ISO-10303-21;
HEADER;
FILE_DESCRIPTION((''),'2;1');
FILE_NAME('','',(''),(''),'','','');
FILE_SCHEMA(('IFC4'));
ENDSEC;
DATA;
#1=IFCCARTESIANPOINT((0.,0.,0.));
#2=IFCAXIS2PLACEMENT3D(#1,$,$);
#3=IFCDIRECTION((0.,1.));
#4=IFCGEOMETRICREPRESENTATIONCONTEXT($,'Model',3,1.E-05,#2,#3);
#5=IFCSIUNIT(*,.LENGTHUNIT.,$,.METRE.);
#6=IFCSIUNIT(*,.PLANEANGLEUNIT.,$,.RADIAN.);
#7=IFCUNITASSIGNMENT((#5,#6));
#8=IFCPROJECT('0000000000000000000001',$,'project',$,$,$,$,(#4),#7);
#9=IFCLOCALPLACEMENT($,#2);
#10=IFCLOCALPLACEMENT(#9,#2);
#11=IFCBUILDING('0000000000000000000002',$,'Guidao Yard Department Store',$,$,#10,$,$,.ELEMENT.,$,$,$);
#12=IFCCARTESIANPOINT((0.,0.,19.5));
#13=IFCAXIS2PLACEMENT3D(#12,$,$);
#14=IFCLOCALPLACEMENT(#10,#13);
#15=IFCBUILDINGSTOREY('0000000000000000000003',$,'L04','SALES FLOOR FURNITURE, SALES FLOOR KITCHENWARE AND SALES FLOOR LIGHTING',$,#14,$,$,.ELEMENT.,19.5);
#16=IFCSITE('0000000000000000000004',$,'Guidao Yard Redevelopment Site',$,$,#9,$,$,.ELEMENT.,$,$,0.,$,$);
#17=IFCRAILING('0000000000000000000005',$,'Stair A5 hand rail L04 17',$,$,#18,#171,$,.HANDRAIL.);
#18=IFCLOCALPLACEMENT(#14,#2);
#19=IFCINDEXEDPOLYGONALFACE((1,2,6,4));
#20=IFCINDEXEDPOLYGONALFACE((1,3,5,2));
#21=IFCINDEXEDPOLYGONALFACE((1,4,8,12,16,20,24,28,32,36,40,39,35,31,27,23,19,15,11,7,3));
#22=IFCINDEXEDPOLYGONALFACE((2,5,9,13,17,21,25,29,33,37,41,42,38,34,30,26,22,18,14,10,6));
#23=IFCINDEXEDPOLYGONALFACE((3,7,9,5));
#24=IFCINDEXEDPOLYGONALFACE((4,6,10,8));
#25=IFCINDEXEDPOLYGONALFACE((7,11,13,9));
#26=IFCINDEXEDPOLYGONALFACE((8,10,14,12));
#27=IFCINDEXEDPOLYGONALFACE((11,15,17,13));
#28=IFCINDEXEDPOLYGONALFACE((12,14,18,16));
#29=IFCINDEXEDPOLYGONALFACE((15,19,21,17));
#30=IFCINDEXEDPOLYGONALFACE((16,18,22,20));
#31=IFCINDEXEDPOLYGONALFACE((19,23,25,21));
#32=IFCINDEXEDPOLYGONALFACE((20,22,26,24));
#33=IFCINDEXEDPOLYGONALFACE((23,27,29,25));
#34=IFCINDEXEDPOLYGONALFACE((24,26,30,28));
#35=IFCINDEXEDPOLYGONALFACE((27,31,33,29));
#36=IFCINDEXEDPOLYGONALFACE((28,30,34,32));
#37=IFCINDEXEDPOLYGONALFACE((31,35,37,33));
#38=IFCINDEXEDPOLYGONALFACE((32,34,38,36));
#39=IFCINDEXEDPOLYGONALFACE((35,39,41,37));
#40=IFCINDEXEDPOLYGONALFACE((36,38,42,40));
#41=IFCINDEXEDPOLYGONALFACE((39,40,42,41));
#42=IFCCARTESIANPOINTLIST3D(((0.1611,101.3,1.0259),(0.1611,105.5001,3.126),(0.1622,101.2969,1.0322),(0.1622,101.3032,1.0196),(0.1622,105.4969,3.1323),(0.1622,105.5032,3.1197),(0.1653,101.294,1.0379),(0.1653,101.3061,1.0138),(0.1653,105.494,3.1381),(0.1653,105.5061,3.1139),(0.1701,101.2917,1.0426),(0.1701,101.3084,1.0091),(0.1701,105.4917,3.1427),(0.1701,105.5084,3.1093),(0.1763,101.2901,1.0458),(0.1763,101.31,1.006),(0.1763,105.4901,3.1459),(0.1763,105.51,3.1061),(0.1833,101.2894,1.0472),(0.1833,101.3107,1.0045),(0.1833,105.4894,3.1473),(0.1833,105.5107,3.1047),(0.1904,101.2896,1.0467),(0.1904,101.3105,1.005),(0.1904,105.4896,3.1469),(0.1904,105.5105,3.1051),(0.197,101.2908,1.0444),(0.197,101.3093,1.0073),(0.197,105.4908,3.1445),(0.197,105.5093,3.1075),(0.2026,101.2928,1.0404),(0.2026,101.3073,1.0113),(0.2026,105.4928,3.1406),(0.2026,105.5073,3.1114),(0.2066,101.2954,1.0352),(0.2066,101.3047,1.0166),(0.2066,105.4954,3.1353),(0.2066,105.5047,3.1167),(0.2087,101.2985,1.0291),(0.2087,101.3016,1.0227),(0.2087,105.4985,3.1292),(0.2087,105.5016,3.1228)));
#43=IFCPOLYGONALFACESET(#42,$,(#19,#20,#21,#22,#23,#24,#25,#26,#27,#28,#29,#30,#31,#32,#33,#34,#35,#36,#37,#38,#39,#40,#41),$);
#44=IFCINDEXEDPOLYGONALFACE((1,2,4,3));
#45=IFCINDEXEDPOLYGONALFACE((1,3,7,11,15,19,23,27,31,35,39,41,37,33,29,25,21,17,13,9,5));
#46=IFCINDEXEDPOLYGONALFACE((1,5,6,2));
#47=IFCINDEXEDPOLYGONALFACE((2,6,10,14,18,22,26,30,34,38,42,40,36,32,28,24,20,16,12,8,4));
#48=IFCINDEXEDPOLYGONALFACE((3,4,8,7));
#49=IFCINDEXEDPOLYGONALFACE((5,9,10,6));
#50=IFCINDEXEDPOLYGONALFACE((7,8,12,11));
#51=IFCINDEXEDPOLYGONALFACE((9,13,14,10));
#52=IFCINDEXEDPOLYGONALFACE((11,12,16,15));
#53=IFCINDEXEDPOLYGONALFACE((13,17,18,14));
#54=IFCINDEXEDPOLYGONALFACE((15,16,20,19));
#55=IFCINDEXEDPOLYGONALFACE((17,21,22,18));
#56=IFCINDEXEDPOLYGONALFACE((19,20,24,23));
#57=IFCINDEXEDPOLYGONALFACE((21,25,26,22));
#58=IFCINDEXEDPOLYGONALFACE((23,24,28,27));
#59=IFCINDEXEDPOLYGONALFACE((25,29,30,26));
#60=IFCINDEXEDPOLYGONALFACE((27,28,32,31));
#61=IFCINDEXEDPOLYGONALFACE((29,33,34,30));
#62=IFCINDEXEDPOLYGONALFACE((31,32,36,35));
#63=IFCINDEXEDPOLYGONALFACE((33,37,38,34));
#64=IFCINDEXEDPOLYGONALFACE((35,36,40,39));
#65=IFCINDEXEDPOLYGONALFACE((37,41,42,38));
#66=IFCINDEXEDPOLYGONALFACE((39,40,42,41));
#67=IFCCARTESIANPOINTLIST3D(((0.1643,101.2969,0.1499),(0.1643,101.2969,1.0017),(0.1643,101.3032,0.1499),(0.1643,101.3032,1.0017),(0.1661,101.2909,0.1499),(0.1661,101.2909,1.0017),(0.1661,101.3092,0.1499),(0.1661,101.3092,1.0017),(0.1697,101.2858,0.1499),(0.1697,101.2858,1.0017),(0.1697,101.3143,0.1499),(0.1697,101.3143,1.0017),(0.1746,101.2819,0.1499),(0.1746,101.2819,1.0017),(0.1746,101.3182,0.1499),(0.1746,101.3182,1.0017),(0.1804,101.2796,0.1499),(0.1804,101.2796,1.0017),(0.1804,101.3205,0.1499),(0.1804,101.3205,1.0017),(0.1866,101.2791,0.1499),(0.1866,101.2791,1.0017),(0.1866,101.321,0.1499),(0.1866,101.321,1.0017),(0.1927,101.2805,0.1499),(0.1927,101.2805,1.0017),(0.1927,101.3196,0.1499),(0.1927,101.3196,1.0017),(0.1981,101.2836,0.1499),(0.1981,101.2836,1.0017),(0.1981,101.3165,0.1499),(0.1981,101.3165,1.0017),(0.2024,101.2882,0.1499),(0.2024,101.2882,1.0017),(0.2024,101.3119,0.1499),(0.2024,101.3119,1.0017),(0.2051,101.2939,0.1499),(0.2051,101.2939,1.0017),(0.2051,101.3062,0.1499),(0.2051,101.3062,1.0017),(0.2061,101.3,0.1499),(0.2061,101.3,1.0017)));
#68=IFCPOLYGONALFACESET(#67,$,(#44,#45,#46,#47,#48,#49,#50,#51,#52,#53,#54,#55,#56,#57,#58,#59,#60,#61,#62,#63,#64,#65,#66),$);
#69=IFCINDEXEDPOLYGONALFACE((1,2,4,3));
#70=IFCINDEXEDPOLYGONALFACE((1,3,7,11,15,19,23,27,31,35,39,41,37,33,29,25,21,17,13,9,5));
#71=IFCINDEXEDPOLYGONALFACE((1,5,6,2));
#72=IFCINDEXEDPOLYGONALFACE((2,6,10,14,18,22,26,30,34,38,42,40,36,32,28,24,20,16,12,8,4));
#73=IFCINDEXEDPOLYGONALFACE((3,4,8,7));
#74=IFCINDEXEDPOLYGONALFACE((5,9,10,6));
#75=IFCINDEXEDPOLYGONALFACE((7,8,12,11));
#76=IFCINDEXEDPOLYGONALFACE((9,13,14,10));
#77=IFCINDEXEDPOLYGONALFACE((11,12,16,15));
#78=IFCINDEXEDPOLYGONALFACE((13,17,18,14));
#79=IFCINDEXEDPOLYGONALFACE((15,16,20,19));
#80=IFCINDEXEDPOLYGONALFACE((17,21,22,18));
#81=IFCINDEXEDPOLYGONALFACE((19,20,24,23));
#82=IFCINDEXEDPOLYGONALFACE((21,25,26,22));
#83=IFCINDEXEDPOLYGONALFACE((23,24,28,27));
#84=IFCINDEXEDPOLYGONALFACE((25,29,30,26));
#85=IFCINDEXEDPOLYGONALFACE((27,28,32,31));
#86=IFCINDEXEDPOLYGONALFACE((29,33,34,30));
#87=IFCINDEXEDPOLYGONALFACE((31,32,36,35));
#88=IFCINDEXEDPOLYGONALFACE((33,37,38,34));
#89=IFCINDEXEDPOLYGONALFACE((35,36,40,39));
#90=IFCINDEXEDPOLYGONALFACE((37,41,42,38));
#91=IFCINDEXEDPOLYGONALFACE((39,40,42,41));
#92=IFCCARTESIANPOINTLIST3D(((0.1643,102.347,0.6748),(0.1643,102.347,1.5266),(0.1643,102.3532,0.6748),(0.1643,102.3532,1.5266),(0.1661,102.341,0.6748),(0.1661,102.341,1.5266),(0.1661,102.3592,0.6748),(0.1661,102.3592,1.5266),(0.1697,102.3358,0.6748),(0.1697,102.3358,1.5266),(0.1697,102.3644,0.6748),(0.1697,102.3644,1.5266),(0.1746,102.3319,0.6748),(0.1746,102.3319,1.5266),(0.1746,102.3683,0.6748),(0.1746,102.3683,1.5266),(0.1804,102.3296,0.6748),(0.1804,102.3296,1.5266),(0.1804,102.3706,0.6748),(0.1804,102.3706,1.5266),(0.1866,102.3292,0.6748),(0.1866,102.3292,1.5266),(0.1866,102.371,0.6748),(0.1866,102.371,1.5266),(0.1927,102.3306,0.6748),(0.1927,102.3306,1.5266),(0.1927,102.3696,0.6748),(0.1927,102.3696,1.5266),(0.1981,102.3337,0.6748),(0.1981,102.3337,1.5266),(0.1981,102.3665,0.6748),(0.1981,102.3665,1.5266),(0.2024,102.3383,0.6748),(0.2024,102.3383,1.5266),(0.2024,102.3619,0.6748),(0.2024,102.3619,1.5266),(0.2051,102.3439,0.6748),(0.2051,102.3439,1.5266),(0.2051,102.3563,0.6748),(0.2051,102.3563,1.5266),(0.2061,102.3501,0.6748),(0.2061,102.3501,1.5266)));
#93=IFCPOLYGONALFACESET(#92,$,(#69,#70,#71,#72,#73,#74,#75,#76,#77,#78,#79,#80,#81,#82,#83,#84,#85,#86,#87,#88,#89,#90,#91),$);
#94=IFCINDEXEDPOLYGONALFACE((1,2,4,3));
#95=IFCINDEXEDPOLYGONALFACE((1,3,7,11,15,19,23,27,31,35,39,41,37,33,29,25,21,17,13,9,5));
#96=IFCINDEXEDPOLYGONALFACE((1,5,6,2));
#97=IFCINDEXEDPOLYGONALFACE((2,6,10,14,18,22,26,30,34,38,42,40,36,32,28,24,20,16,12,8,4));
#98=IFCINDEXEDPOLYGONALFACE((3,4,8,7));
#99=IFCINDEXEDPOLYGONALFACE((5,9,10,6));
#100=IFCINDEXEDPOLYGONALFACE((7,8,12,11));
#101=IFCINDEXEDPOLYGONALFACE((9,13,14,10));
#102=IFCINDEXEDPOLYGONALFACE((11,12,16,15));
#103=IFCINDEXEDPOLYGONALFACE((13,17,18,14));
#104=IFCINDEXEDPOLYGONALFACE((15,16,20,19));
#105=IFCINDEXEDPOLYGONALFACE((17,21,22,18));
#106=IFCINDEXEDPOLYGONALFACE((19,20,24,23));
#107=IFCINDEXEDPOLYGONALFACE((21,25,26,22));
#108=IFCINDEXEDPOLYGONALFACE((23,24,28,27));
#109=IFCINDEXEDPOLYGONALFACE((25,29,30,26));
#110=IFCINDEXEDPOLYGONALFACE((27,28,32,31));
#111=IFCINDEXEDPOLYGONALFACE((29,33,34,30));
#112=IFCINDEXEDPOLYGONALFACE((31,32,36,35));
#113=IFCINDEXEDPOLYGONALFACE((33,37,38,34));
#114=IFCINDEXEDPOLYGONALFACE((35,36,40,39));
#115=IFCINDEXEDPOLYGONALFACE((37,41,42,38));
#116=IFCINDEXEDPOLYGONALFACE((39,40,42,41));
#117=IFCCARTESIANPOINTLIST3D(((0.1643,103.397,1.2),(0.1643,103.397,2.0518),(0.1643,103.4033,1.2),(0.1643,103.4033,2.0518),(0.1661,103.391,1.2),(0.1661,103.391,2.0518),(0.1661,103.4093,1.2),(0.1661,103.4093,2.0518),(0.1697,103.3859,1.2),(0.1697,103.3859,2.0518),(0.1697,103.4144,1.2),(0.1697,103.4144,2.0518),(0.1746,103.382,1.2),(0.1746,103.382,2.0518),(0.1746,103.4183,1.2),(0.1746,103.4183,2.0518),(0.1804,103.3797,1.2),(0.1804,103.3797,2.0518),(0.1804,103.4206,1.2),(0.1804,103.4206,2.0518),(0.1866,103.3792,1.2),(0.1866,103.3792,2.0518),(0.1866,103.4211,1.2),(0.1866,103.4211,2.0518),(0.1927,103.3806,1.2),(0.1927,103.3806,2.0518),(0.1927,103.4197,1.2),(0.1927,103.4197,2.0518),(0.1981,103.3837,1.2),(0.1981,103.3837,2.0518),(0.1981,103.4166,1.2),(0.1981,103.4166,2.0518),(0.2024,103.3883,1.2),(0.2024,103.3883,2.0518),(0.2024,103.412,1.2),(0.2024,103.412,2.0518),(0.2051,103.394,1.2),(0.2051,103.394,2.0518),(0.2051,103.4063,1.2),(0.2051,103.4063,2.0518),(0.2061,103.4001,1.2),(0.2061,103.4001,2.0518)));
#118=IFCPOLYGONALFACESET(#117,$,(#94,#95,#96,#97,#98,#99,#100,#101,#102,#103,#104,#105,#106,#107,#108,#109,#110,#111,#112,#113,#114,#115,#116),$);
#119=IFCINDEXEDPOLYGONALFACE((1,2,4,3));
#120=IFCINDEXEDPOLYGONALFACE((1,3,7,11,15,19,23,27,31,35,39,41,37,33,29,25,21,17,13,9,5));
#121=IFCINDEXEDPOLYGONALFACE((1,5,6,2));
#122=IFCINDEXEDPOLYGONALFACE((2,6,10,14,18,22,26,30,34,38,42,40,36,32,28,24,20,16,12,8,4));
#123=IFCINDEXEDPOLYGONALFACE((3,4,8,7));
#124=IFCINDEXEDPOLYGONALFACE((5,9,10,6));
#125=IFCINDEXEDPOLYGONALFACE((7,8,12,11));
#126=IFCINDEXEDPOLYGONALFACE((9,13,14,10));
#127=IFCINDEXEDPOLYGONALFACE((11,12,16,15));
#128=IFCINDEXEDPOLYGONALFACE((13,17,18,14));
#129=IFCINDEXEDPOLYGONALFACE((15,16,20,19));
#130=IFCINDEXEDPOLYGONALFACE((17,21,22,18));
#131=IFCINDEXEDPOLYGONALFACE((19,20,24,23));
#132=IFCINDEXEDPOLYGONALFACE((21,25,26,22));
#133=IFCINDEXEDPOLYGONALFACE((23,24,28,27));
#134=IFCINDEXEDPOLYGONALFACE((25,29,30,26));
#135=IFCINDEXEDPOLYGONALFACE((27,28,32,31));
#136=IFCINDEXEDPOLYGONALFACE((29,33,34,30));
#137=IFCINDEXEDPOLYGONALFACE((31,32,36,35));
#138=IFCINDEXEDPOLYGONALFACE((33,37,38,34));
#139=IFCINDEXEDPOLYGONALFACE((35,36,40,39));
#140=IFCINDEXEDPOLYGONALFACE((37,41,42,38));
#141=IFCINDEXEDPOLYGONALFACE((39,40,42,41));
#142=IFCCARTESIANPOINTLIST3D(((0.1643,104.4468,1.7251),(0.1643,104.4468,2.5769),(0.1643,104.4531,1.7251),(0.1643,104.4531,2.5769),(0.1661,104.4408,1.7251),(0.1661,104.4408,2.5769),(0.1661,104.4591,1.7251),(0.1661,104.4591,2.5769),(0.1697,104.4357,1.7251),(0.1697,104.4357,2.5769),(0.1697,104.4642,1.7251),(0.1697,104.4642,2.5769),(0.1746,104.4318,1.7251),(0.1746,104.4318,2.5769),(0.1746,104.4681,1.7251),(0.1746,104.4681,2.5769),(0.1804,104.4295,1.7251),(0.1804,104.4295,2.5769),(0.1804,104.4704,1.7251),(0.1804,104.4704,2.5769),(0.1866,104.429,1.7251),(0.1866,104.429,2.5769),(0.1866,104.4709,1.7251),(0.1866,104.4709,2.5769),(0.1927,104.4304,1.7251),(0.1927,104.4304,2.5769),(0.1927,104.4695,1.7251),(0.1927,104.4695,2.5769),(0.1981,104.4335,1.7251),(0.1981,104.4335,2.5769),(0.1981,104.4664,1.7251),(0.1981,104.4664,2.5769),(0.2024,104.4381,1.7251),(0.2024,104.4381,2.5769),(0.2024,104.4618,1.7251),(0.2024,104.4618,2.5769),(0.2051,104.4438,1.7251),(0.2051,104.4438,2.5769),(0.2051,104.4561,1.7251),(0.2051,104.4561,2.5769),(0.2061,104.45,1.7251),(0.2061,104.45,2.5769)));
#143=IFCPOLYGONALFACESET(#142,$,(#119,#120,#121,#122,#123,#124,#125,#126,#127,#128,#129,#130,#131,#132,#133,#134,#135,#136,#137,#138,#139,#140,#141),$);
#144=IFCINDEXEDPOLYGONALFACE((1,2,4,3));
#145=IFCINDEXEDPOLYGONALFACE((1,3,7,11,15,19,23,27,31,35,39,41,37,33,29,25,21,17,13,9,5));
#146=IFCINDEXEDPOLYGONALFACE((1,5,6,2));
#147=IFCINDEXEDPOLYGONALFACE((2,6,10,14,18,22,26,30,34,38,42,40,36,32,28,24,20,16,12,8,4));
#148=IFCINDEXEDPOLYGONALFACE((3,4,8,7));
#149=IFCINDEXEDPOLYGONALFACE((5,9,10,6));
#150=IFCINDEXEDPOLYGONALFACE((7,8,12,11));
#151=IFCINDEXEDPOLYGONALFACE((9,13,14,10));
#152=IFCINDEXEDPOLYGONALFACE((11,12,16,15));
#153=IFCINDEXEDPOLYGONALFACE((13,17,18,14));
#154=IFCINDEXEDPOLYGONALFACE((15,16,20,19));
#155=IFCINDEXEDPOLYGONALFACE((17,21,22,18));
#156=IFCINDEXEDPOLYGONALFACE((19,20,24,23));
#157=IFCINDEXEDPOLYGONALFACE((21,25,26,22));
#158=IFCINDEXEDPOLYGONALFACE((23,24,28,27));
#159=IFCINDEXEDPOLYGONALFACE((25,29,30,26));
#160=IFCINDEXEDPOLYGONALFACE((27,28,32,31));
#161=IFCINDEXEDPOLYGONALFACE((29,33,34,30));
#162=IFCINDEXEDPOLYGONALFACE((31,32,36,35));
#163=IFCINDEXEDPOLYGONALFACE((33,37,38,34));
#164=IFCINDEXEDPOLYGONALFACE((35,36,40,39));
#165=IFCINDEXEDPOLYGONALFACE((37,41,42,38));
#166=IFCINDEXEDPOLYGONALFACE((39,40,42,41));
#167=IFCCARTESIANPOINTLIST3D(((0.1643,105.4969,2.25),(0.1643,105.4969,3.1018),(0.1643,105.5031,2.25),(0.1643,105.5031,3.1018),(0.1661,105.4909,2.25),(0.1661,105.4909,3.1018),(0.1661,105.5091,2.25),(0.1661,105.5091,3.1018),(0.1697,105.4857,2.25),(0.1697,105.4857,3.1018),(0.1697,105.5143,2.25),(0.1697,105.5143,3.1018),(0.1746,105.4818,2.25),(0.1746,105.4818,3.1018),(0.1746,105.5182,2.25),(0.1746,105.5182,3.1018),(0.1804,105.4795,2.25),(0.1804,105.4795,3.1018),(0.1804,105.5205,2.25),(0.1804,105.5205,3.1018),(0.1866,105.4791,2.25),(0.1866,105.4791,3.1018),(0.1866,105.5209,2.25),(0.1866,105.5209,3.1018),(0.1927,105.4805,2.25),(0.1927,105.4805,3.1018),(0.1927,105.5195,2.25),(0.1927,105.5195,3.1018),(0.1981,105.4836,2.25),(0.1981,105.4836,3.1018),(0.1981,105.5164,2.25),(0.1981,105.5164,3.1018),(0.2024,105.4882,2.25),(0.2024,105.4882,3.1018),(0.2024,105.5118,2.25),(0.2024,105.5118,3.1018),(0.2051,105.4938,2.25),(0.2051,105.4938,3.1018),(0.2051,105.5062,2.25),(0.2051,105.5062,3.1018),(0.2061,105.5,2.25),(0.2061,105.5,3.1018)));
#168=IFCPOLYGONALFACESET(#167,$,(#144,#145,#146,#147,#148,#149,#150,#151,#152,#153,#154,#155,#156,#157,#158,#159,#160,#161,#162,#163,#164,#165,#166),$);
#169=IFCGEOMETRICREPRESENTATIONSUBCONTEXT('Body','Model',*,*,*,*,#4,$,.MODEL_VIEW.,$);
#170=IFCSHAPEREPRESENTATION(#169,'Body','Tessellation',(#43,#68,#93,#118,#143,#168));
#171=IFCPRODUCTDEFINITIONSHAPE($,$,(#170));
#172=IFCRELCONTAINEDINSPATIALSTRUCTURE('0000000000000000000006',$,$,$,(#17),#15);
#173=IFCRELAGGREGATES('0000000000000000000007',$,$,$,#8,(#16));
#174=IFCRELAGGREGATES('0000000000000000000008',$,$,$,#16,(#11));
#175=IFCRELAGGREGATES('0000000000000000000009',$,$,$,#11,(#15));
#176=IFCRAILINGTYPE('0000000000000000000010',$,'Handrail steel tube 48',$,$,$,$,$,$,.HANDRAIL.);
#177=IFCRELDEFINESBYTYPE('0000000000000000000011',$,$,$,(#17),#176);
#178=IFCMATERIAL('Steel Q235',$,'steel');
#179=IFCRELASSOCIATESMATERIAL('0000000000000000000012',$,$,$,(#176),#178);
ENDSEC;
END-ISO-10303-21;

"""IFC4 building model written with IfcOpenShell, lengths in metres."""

from ifc_helpers import new_model, si_unit, direction, frame, origin, origin_2d, place, context, subcontext, project, spatial, circle, extrude, material, type_object, element, save


model = new_model("IFC4")

# Units and contexts
model_context = context("Model", 3, precision=1e-05, world=origin(), true_north=direction((0.0, 1.0)))
body_context = subcontext(model_context, "Body", "Model", "MODEL_VIEW")
ifc_project = project(units=[si_unit("LENGTHUNIT", "METRE"), si_unit("PLANEANGLEUNIT", "RADIAN")], contexts=[model_context])

# Site, building, storey
site_placement = place(None, origin())
site = spatial("IfcSite", under=ifc_project, at=site_placement, Name="Guidao Yard Redevelopment Site", CompositionType="ELEMENT", RefElevation=0.0)
building_placement = place(site_placement, origin())
building = spatial("IfcBuilding", under=site, at=building_placement, Name="Guidao Yard Department Store", CompositionType="ELEMENT")
storey_placement = place(building_placement, frame((0.0, 0.0, 19.5)))
storey = spatial("IfcBuildingStorey", under=building, at=storey_placement, Name="L04", Description="SALES FLOOR FURNITURE, SALES FLOOR KITCHENWARE AND SALES FLOOR LIGHTING", CompositionType="ELEMENT", Elevation=19.5)

# Railing
ifc_material_1 = material(Name="Steel Q235", Category="steel")
railing_type_1 = type_object("IfcRailingType", Name="Handrail steel tube 48", PredefinedType="HANDRAIL", material=ifc_material_1)
for number, where, name in (
    (1, (0.1851, 101.3, 0.1499), "Stair A5 hand rail L04 17"),
):
    element("IfcRailing", number, at=place(storey_placement, frame(where)), inside=storey, type_object=railing_type_1, Name=name, PredefinedType="HANDRAIL", context=body_context, shape_type="SweptSolid", body=[
        extrude(circle(Radius=0.0239, at=origin_2d()), frame((0.0, 0.0, 0.876), z_axis=(0.0, 0.894417, 0.447234), x_axis=(-1.0, 0.0, 0.0)), (0.0, 0.0, 1.0), 4.6958),
        extrude(circle(Radius=0.021, at=origin_2d()), origin(), (0.0, 0.0, 1.0), 0.8518),
        extrude(circle(Radius=0.021, at=origin_2d()), frame((0.0, 1.05, 0.5249)), (0.0, 0.0, 1.0), 0.8518),
        extrude(circle(Radius=0.021, at=origin_2d()), frame((0.0, 2.1001, 1.05)), (0.0, 0.0, 1.0), 0.8518),
        extrude(circle(Radius=0.021, at=origin_2d()), frame((0.0, 3.1499, 1.5752)), (0.0, 0.0, 1.0), 0.8518),
        extrude(circle(Radius=0.021, at=origin_2d()), frame((0.0, 4.2, 2.1001)), (0.0, 0.0, 1.0), 0.8518),
    ])

save(model, "model.ifc")
